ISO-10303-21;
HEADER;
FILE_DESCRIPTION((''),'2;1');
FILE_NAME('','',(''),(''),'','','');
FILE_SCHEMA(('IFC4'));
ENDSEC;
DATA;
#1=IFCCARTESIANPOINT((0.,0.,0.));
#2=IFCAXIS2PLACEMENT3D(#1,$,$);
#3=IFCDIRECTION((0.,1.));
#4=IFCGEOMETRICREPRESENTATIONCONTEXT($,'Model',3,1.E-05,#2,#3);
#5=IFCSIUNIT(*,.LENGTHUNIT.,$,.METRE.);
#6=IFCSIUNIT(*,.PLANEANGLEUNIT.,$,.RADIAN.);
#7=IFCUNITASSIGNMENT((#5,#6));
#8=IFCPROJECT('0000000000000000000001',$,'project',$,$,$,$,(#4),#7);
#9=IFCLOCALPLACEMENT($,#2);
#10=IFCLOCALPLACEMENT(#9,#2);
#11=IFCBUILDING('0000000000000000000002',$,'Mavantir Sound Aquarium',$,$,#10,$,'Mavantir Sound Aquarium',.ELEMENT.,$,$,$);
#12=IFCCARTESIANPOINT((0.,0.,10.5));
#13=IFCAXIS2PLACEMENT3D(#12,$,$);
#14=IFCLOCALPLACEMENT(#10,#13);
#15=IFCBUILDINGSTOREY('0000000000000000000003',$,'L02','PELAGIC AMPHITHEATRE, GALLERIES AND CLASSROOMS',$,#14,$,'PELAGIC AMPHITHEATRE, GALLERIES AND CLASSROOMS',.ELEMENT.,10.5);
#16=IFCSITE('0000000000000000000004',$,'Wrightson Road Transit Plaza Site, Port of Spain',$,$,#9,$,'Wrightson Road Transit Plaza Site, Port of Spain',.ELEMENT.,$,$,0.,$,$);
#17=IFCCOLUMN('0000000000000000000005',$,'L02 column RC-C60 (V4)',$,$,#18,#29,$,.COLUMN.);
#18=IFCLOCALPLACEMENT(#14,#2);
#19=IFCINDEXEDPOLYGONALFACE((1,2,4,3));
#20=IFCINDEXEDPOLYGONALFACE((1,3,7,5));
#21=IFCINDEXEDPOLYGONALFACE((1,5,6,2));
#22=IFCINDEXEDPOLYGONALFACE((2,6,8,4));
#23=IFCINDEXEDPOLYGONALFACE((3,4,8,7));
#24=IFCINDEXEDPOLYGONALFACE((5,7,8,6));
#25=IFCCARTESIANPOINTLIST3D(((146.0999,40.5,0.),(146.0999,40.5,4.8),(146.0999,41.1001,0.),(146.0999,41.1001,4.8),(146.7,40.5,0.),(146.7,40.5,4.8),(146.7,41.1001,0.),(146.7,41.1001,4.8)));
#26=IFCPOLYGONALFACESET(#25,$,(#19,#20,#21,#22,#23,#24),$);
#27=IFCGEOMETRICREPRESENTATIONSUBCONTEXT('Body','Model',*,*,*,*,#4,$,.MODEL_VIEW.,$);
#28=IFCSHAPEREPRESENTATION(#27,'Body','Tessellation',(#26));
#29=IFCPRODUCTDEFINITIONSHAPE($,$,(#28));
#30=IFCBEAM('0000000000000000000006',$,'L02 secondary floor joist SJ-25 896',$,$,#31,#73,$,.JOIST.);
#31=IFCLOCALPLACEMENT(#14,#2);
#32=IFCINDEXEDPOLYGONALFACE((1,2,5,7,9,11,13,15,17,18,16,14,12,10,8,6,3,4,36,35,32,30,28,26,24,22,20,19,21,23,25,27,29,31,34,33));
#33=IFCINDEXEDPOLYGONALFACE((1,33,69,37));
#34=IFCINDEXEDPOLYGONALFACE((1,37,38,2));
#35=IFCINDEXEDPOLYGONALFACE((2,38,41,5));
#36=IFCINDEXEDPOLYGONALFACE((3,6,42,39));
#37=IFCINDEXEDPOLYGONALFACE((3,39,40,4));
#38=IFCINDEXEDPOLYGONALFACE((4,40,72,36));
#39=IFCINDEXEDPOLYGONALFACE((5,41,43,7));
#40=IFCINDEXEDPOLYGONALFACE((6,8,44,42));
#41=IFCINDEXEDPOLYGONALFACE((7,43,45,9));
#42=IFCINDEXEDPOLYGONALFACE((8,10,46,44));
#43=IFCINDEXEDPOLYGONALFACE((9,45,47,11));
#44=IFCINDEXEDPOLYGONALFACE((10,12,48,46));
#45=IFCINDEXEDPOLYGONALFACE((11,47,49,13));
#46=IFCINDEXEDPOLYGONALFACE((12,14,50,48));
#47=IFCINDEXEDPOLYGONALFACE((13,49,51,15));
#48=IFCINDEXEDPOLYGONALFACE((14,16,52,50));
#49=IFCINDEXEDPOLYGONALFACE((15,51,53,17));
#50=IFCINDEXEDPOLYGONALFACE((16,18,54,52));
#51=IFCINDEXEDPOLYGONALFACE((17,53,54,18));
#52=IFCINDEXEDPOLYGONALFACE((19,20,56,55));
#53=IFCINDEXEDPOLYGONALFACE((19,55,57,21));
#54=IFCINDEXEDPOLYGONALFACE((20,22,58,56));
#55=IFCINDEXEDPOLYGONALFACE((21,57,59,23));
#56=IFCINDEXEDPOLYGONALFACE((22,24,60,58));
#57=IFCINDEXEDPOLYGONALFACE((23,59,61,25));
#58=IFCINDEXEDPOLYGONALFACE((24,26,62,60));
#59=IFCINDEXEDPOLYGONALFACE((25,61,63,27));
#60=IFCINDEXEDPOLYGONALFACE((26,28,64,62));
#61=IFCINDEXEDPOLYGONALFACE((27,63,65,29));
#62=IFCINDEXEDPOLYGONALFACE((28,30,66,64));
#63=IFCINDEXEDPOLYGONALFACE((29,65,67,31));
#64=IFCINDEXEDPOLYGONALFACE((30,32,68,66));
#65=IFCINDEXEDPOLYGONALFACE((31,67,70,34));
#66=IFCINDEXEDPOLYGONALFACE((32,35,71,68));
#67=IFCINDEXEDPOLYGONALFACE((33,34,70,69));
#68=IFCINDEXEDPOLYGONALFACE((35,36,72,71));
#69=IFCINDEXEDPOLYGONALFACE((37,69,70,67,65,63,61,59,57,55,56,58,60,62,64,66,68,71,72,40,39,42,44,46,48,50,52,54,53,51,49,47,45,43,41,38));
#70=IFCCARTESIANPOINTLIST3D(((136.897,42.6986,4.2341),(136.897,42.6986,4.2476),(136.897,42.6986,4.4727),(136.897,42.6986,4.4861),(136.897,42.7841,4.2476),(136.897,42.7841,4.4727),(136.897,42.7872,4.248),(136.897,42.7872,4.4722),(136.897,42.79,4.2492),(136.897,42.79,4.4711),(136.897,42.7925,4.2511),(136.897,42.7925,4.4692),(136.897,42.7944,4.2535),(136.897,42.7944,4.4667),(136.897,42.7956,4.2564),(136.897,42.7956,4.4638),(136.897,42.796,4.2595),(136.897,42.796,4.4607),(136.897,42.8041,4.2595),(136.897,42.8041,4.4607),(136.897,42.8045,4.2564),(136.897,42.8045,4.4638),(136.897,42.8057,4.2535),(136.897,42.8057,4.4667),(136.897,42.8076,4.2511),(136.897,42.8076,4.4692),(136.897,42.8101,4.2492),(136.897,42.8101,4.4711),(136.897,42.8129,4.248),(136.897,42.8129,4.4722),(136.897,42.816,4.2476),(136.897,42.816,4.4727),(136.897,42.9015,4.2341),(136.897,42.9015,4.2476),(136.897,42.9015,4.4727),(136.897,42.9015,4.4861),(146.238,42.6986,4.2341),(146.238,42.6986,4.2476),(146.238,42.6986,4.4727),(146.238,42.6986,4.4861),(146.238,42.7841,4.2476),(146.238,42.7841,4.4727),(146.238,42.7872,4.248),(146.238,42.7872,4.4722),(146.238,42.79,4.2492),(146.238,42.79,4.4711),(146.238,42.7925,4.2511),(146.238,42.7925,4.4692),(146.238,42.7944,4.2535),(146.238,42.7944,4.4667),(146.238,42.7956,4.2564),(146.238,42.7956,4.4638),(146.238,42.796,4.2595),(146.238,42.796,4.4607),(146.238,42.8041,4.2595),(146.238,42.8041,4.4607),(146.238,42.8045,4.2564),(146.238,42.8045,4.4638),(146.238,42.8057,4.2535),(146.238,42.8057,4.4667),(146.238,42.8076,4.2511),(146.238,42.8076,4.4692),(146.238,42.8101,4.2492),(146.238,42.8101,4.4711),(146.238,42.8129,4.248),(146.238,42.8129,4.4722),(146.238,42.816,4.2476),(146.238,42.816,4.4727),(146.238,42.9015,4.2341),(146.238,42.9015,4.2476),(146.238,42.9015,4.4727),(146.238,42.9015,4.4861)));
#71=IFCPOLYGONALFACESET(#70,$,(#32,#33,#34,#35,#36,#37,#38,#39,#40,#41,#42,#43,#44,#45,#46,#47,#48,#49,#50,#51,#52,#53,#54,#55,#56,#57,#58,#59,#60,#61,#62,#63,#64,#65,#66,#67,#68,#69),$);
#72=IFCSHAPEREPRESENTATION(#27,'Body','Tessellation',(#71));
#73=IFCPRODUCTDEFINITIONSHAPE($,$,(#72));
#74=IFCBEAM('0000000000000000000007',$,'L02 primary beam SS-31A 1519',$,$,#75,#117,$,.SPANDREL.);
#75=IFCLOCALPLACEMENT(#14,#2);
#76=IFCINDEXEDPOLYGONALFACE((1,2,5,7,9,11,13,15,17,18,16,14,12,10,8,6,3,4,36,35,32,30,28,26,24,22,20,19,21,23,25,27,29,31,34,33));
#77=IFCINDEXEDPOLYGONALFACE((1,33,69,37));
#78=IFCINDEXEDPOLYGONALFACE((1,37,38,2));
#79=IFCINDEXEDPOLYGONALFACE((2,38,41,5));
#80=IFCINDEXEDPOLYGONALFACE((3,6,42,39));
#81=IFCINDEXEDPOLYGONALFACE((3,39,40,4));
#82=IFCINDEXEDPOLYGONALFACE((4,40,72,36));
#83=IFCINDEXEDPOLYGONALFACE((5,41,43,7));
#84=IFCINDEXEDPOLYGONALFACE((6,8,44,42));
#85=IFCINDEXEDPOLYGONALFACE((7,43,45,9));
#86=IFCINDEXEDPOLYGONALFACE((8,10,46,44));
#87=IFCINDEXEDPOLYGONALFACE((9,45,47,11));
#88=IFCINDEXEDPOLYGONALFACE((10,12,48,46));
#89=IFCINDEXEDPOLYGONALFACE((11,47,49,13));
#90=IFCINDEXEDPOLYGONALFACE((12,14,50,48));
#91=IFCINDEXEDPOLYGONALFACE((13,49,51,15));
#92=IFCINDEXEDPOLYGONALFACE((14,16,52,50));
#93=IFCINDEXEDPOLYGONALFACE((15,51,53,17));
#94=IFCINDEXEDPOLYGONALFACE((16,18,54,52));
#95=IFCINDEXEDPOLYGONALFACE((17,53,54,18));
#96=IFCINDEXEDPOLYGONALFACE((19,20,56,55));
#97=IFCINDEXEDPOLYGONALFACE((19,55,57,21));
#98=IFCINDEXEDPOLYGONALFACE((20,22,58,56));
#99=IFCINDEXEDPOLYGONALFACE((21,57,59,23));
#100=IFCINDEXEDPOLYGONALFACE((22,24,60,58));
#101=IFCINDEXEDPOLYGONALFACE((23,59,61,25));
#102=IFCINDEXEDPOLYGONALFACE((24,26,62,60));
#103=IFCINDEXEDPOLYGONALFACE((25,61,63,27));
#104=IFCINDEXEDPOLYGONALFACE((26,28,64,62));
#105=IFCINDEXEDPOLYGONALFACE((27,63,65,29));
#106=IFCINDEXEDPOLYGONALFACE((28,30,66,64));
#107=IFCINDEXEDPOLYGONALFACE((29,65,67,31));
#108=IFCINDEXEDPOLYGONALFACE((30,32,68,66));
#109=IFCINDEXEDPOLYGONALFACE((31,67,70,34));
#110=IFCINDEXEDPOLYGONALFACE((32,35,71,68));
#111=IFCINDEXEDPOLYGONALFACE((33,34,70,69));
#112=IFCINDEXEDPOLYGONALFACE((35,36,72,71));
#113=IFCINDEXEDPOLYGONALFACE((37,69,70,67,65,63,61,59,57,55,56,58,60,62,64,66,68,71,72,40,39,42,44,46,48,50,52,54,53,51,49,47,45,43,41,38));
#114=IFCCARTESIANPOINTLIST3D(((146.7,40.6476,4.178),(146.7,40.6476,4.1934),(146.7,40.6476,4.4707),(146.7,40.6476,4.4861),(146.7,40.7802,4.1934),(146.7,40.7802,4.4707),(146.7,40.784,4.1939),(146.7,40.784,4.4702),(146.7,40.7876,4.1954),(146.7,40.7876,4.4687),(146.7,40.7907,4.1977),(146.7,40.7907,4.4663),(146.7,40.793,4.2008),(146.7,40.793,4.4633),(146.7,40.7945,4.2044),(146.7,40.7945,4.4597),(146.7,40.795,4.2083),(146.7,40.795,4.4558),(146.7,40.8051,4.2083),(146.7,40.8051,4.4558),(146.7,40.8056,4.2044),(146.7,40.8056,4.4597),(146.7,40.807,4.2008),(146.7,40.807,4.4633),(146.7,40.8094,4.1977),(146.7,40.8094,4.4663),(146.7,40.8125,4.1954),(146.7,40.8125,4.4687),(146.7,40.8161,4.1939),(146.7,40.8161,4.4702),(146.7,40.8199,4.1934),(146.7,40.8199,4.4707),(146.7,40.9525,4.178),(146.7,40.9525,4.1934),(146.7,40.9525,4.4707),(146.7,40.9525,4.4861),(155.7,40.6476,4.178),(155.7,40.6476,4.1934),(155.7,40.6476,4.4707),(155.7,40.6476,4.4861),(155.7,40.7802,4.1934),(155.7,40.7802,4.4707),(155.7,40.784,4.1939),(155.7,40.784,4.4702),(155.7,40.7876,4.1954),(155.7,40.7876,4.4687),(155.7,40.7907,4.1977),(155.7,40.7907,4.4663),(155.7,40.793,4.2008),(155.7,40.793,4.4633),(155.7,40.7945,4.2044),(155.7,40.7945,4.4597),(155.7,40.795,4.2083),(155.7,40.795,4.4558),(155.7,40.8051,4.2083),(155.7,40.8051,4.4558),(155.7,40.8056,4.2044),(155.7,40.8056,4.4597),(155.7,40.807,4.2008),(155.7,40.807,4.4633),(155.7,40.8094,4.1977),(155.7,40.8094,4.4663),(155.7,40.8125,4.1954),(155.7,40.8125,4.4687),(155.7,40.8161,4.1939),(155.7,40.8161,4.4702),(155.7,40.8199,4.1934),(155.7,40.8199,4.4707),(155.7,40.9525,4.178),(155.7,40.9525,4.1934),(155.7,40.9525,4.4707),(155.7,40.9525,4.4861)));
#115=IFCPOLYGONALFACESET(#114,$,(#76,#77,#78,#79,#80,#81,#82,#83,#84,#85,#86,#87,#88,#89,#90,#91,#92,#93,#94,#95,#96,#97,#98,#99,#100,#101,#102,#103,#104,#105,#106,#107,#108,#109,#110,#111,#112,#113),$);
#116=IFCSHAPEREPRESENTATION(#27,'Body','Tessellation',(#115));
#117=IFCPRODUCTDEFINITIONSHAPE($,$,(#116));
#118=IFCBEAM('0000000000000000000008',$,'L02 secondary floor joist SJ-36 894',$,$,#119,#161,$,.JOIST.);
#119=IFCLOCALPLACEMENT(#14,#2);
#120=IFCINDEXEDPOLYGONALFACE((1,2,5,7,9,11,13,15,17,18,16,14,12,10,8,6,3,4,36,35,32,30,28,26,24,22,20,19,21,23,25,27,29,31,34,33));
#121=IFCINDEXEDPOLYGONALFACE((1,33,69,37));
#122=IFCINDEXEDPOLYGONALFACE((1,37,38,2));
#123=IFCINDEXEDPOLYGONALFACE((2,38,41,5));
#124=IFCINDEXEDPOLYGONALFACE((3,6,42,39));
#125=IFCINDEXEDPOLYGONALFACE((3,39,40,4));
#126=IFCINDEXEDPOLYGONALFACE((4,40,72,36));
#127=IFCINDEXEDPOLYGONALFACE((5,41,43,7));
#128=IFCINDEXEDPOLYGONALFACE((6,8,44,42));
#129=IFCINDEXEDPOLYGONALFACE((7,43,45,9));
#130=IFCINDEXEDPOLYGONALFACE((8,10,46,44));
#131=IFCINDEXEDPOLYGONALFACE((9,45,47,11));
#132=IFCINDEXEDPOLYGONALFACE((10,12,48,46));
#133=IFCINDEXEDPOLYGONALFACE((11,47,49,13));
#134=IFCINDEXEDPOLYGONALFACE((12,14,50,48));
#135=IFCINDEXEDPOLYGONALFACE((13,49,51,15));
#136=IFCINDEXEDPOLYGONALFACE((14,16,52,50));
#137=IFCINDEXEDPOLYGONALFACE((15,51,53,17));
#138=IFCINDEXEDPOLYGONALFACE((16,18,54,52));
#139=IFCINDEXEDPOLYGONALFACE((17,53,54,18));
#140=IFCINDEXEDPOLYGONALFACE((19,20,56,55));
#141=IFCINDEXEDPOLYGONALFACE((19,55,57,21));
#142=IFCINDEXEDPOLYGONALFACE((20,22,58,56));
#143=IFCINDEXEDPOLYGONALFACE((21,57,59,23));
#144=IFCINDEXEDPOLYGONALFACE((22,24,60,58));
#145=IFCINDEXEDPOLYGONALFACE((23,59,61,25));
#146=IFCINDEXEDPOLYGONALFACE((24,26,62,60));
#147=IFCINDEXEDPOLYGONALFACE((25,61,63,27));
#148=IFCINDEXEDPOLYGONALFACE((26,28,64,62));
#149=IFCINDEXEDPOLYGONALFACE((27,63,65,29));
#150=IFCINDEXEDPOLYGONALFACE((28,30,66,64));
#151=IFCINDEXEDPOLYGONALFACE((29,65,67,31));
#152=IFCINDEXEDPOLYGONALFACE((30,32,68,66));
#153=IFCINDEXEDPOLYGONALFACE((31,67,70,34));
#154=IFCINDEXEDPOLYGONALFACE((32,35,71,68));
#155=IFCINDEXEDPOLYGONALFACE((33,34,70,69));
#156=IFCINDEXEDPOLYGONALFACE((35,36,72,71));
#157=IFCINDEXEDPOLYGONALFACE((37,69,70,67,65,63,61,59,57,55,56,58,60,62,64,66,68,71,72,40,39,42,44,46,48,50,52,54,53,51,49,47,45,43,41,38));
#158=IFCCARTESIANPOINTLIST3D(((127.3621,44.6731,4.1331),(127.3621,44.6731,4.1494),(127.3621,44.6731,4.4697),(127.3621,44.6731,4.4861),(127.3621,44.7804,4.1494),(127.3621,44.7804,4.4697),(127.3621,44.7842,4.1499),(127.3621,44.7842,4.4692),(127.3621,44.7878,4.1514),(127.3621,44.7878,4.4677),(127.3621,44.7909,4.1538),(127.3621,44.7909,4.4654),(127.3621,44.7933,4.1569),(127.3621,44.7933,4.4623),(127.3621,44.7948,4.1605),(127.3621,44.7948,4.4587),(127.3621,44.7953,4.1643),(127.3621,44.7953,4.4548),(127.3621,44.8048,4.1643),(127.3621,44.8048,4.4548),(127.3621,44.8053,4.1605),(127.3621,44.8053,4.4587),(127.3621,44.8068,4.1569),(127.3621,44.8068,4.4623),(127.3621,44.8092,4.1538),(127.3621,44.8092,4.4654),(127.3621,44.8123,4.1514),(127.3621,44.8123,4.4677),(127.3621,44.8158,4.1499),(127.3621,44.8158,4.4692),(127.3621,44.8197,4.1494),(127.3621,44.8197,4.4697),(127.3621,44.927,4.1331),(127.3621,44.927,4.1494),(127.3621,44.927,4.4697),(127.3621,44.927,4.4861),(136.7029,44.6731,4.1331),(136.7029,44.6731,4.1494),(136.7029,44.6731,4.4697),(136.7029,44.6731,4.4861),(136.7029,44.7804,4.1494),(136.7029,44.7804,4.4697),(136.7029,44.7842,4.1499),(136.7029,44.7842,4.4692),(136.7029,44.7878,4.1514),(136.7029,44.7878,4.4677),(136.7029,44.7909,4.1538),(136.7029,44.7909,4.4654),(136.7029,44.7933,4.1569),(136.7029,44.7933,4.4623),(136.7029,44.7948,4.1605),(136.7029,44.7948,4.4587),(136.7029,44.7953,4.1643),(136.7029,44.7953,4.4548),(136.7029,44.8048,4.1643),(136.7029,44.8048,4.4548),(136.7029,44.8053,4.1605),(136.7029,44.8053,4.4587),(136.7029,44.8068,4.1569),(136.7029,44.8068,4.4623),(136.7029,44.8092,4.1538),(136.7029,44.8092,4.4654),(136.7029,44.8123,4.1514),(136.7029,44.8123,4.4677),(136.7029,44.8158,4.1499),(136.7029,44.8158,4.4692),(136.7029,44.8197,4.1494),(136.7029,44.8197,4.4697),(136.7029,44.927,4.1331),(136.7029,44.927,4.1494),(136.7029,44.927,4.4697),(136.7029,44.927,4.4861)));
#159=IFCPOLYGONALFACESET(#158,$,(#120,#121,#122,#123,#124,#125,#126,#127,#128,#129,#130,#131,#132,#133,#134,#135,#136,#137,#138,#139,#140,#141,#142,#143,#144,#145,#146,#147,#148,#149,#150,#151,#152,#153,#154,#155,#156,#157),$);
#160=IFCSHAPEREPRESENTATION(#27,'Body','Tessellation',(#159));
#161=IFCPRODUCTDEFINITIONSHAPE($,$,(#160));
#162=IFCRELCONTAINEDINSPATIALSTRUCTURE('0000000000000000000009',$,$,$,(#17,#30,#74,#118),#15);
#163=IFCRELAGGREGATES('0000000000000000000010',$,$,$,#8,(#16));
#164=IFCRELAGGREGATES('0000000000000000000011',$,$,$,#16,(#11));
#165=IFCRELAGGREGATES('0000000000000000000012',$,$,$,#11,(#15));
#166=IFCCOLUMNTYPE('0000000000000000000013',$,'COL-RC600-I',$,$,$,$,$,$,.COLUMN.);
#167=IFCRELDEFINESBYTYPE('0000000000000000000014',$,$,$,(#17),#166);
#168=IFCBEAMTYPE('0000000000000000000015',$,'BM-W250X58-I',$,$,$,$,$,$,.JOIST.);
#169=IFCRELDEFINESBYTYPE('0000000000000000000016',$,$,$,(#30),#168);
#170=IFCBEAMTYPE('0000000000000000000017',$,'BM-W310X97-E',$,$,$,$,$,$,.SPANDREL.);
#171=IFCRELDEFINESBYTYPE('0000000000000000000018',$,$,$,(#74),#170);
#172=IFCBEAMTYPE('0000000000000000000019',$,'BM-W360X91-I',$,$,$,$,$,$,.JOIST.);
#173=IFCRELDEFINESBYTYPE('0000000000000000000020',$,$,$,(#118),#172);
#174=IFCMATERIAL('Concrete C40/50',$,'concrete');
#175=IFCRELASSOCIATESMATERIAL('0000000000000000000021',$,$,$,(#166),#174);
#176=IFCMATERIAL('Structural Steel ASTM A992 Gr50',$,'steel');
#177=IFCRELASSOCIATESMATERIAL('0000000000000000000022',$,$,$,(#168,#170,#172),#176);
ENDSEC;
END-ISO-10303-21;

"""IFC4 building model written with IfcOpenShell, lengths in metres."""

from ifc_helpers import new_model, si_unit, direction, frame, origin, origin_2d, place, context, subcontext, project, spatial, rectangle, i_section, extrude, material, material_profile, profile_set, type_object, element, save


model = new_model("IFC4")

# Units and contexts
model_context = context("Model", 3, precision=1e-05, world=origin(), true_north=direction((0.0, 1.0)))
body_context = subcontext(model_context, "Body", "Model", "MODEL_VIEW")
ifc_project = project(units=[si_unit("LENGTHUNIT", "METRE"), si_unit("PLANEANGLEUNIT", "RADIAN")], contexts=[model_context])

# Site, building, storey
site_placement = place(None, origin())
site = spatial("IfcSite", under=ifc_project, at=site_placement, Name="Wrightson Road Transit Plaza Site, Port of Spain", LongName="Wrightson Road Transit Plaza Site, Port of Spain", CompositionType="ELEMENT", RefElevation=0.0)
building_placement = place(site_placement, origin())
building = spatial("IfcBuilding", under=site, at=building_placement, Name="Mavantir Sound Aquarium", LongName="Mavantir Sound Aquarium", CompositionType="ELEMENT")
storey_placement = place(building_placement, frame((0.0, 0.0, 10.5)))
storey = spatial("IfcBuildingStorey", under=building, at=storey_placement, Name="L02", Description="PELAGIC AMPHITHEATRE, GALLERIES AND CLASSROOMS", LongName="PELAGIC AMPHITHEATRE, GALLERIES AND CLASSROOMS", CompositionType="ELEMENT", Elevation=10.5)

# Column
ifc_material_1 = material(Name="Concrete C40/50", Category="concrete")
ifc_material_profile_1 = material_profile(ifc_material_1, rectangle(XDim=0.6001, YDim=0.6001, at=origin_2d()), Name="RC 600X600")
ifc_profile_set_1 = profile_set([ifc_material_profile_1], Name="Concrete C40/50")
column_type = type_object("IfcColumnType", Name="COL-RC600-I", PredefinedType="COLUMN", material=ifc_profile_set_1)
column_placement = place(storey_placement, frame((146.3999, 40.8, 0.0), z_axis=(0.0, 0.0, 1.0), x_axis=(1.0, 0.0, 0.0)))
element("IfcColumn", 1, at=column_placement, inside=storey, type_object=column_type, Name="L02 column RC-C60 (V4)", PredefinedType="COLUMN", context=body_context, shape_type="SweptSolid", body=[
    extrude(rectangle(XDim=0.6001, YDim=0.6001, at=origin_2d()), origin(), (0.0, 0.0, 1.0), 4.8),
])

# Beams
ifc_material_2 = material(Name="Structural Steel ASTM A992 Gr50", Category="steel")
ifc_material_profile_2 = material_profile(ifc_material_2, i_section(OverallWidth=0.2029, OverallDepth=0.252, WebThickness=0.0081, FlangeThickness=0.0134, FilletRadius=0.012, at=origin_2d()), Name="W250X58")
ifc_profile_set_2 = profile_set([ifc_material_profile_2], Name="Structural Steel ASTM A992 Gr50")
beam_type_1 = type_object("IfcBeamType", Name="BM-W250X58-I", PredefinedType="JOIST", material=ifc_profile_set_2)
beam_1_placement = place(storey_placement, frame((136.897, 42.8, 4.3601), z_axis=(1.0, 0.0, 0.0), x_axis=(0.0, 1.0, 0.0)))
element("IfcBeam", 2, at=beam_1_placement, inside=storey, type_object=beam_type_1, Name="L02 secondary floor joist SJ-25 896", PredefinedType="JOIST", context=body_context, shape_type="SweptSolid", body=[
    extrude(i_section(OverallWidth=0.2029, OverallDepth=0.252, WebThickness=0.0081, FlangeThickness=0.0134, FilletRadius=0.012, at=origin_2d()), origin(), (0.0, 0.0, 1.0), 9.3411),
])
ifc_material_profile_3 = material_profile(ifc_material_2, i_section(OverallWidth=0.3049, OverallDepth=0.3081, WebThickness=0.01, FlangeThickness=0.0154, FilletRadius=0.0149, at=origin_2d()), Name="W310X97")
ifc_profile_set_3 = profile_set([ifc_material_profile_3], Name="Structural Steel ASTM A992 Gr50")
beam_type_2 = type_object("IfcBeamType", Name="BM-W310X97-E", PredefinedType="SPANDREL", material=ifc_profile_set_3)
beam_2_placement = place(storey_placement, frame((146.7, 40.8, 4.332), z_axis=(1.0, 0.0, 0.0), x_axis=(0.0, 1.0, 0.0)))
element("IfcBeam", 3, at=beam_2_placement, inside=storey, type_object=beam_type_2, Name="L02 primary beam SS-31A 1519", PredefinedType="SPANDREL", context=body_context, shape_type="SweptSolid", body=[
    extrude(i_section(OverallWidth=0.3049, OverallDepth=0.3081, WebThickness=0.01, FlangeThickness=0.0154, FilletRadius=0.0149, at=origin_2d()), origin(), (0.0, 0.0, 1.0), 9.0),
])
ifc_material_profile_4 = material_profile(ifc_material_2, i_section(OverallWidth=0.2539, OverallDepth=0.353, WebThickness=0.0095, FlangeThickness=0.0164, FilletRadius=0.0149, at=origin_2d()), Name="W360X91")
ifc_profile_set_4 = profile_set([ifc_material_profile_4], Name="Structural Steel ASTM A992 Gr50")
beam_type_3 = type_object("IfcBeamType", Name="BM-W360X91-I", PredefinedType="JOIST", material=ifc_profile_set_4)
beam_3_placement = place(storey_placement, frame((127.3621, 44.8, 4.3096), z_axis=(1.0, 0.0, 0.0), x_axis=(0.0, 1.0, 0.0)))
element("IfcBeam", 4, at=beam_3_placement, inside=storey, type_object=beam_type_3, Name="L02 secondary floor joist SJ-36 894", PredefinedType="JOIST", context=body_context, shape_type="SweptSolid", body=[
    extrude(i_section(OverallWidth=0.2539, OverallDepth=0.353, WebThickness=0.0095, FlangeThickness=0.0164, FilletRadius=0.0149, at=origin_2d()), origin(), (0.0, 0.0, 1.0), 9.3408),
])

save(model, "model.ifc")
